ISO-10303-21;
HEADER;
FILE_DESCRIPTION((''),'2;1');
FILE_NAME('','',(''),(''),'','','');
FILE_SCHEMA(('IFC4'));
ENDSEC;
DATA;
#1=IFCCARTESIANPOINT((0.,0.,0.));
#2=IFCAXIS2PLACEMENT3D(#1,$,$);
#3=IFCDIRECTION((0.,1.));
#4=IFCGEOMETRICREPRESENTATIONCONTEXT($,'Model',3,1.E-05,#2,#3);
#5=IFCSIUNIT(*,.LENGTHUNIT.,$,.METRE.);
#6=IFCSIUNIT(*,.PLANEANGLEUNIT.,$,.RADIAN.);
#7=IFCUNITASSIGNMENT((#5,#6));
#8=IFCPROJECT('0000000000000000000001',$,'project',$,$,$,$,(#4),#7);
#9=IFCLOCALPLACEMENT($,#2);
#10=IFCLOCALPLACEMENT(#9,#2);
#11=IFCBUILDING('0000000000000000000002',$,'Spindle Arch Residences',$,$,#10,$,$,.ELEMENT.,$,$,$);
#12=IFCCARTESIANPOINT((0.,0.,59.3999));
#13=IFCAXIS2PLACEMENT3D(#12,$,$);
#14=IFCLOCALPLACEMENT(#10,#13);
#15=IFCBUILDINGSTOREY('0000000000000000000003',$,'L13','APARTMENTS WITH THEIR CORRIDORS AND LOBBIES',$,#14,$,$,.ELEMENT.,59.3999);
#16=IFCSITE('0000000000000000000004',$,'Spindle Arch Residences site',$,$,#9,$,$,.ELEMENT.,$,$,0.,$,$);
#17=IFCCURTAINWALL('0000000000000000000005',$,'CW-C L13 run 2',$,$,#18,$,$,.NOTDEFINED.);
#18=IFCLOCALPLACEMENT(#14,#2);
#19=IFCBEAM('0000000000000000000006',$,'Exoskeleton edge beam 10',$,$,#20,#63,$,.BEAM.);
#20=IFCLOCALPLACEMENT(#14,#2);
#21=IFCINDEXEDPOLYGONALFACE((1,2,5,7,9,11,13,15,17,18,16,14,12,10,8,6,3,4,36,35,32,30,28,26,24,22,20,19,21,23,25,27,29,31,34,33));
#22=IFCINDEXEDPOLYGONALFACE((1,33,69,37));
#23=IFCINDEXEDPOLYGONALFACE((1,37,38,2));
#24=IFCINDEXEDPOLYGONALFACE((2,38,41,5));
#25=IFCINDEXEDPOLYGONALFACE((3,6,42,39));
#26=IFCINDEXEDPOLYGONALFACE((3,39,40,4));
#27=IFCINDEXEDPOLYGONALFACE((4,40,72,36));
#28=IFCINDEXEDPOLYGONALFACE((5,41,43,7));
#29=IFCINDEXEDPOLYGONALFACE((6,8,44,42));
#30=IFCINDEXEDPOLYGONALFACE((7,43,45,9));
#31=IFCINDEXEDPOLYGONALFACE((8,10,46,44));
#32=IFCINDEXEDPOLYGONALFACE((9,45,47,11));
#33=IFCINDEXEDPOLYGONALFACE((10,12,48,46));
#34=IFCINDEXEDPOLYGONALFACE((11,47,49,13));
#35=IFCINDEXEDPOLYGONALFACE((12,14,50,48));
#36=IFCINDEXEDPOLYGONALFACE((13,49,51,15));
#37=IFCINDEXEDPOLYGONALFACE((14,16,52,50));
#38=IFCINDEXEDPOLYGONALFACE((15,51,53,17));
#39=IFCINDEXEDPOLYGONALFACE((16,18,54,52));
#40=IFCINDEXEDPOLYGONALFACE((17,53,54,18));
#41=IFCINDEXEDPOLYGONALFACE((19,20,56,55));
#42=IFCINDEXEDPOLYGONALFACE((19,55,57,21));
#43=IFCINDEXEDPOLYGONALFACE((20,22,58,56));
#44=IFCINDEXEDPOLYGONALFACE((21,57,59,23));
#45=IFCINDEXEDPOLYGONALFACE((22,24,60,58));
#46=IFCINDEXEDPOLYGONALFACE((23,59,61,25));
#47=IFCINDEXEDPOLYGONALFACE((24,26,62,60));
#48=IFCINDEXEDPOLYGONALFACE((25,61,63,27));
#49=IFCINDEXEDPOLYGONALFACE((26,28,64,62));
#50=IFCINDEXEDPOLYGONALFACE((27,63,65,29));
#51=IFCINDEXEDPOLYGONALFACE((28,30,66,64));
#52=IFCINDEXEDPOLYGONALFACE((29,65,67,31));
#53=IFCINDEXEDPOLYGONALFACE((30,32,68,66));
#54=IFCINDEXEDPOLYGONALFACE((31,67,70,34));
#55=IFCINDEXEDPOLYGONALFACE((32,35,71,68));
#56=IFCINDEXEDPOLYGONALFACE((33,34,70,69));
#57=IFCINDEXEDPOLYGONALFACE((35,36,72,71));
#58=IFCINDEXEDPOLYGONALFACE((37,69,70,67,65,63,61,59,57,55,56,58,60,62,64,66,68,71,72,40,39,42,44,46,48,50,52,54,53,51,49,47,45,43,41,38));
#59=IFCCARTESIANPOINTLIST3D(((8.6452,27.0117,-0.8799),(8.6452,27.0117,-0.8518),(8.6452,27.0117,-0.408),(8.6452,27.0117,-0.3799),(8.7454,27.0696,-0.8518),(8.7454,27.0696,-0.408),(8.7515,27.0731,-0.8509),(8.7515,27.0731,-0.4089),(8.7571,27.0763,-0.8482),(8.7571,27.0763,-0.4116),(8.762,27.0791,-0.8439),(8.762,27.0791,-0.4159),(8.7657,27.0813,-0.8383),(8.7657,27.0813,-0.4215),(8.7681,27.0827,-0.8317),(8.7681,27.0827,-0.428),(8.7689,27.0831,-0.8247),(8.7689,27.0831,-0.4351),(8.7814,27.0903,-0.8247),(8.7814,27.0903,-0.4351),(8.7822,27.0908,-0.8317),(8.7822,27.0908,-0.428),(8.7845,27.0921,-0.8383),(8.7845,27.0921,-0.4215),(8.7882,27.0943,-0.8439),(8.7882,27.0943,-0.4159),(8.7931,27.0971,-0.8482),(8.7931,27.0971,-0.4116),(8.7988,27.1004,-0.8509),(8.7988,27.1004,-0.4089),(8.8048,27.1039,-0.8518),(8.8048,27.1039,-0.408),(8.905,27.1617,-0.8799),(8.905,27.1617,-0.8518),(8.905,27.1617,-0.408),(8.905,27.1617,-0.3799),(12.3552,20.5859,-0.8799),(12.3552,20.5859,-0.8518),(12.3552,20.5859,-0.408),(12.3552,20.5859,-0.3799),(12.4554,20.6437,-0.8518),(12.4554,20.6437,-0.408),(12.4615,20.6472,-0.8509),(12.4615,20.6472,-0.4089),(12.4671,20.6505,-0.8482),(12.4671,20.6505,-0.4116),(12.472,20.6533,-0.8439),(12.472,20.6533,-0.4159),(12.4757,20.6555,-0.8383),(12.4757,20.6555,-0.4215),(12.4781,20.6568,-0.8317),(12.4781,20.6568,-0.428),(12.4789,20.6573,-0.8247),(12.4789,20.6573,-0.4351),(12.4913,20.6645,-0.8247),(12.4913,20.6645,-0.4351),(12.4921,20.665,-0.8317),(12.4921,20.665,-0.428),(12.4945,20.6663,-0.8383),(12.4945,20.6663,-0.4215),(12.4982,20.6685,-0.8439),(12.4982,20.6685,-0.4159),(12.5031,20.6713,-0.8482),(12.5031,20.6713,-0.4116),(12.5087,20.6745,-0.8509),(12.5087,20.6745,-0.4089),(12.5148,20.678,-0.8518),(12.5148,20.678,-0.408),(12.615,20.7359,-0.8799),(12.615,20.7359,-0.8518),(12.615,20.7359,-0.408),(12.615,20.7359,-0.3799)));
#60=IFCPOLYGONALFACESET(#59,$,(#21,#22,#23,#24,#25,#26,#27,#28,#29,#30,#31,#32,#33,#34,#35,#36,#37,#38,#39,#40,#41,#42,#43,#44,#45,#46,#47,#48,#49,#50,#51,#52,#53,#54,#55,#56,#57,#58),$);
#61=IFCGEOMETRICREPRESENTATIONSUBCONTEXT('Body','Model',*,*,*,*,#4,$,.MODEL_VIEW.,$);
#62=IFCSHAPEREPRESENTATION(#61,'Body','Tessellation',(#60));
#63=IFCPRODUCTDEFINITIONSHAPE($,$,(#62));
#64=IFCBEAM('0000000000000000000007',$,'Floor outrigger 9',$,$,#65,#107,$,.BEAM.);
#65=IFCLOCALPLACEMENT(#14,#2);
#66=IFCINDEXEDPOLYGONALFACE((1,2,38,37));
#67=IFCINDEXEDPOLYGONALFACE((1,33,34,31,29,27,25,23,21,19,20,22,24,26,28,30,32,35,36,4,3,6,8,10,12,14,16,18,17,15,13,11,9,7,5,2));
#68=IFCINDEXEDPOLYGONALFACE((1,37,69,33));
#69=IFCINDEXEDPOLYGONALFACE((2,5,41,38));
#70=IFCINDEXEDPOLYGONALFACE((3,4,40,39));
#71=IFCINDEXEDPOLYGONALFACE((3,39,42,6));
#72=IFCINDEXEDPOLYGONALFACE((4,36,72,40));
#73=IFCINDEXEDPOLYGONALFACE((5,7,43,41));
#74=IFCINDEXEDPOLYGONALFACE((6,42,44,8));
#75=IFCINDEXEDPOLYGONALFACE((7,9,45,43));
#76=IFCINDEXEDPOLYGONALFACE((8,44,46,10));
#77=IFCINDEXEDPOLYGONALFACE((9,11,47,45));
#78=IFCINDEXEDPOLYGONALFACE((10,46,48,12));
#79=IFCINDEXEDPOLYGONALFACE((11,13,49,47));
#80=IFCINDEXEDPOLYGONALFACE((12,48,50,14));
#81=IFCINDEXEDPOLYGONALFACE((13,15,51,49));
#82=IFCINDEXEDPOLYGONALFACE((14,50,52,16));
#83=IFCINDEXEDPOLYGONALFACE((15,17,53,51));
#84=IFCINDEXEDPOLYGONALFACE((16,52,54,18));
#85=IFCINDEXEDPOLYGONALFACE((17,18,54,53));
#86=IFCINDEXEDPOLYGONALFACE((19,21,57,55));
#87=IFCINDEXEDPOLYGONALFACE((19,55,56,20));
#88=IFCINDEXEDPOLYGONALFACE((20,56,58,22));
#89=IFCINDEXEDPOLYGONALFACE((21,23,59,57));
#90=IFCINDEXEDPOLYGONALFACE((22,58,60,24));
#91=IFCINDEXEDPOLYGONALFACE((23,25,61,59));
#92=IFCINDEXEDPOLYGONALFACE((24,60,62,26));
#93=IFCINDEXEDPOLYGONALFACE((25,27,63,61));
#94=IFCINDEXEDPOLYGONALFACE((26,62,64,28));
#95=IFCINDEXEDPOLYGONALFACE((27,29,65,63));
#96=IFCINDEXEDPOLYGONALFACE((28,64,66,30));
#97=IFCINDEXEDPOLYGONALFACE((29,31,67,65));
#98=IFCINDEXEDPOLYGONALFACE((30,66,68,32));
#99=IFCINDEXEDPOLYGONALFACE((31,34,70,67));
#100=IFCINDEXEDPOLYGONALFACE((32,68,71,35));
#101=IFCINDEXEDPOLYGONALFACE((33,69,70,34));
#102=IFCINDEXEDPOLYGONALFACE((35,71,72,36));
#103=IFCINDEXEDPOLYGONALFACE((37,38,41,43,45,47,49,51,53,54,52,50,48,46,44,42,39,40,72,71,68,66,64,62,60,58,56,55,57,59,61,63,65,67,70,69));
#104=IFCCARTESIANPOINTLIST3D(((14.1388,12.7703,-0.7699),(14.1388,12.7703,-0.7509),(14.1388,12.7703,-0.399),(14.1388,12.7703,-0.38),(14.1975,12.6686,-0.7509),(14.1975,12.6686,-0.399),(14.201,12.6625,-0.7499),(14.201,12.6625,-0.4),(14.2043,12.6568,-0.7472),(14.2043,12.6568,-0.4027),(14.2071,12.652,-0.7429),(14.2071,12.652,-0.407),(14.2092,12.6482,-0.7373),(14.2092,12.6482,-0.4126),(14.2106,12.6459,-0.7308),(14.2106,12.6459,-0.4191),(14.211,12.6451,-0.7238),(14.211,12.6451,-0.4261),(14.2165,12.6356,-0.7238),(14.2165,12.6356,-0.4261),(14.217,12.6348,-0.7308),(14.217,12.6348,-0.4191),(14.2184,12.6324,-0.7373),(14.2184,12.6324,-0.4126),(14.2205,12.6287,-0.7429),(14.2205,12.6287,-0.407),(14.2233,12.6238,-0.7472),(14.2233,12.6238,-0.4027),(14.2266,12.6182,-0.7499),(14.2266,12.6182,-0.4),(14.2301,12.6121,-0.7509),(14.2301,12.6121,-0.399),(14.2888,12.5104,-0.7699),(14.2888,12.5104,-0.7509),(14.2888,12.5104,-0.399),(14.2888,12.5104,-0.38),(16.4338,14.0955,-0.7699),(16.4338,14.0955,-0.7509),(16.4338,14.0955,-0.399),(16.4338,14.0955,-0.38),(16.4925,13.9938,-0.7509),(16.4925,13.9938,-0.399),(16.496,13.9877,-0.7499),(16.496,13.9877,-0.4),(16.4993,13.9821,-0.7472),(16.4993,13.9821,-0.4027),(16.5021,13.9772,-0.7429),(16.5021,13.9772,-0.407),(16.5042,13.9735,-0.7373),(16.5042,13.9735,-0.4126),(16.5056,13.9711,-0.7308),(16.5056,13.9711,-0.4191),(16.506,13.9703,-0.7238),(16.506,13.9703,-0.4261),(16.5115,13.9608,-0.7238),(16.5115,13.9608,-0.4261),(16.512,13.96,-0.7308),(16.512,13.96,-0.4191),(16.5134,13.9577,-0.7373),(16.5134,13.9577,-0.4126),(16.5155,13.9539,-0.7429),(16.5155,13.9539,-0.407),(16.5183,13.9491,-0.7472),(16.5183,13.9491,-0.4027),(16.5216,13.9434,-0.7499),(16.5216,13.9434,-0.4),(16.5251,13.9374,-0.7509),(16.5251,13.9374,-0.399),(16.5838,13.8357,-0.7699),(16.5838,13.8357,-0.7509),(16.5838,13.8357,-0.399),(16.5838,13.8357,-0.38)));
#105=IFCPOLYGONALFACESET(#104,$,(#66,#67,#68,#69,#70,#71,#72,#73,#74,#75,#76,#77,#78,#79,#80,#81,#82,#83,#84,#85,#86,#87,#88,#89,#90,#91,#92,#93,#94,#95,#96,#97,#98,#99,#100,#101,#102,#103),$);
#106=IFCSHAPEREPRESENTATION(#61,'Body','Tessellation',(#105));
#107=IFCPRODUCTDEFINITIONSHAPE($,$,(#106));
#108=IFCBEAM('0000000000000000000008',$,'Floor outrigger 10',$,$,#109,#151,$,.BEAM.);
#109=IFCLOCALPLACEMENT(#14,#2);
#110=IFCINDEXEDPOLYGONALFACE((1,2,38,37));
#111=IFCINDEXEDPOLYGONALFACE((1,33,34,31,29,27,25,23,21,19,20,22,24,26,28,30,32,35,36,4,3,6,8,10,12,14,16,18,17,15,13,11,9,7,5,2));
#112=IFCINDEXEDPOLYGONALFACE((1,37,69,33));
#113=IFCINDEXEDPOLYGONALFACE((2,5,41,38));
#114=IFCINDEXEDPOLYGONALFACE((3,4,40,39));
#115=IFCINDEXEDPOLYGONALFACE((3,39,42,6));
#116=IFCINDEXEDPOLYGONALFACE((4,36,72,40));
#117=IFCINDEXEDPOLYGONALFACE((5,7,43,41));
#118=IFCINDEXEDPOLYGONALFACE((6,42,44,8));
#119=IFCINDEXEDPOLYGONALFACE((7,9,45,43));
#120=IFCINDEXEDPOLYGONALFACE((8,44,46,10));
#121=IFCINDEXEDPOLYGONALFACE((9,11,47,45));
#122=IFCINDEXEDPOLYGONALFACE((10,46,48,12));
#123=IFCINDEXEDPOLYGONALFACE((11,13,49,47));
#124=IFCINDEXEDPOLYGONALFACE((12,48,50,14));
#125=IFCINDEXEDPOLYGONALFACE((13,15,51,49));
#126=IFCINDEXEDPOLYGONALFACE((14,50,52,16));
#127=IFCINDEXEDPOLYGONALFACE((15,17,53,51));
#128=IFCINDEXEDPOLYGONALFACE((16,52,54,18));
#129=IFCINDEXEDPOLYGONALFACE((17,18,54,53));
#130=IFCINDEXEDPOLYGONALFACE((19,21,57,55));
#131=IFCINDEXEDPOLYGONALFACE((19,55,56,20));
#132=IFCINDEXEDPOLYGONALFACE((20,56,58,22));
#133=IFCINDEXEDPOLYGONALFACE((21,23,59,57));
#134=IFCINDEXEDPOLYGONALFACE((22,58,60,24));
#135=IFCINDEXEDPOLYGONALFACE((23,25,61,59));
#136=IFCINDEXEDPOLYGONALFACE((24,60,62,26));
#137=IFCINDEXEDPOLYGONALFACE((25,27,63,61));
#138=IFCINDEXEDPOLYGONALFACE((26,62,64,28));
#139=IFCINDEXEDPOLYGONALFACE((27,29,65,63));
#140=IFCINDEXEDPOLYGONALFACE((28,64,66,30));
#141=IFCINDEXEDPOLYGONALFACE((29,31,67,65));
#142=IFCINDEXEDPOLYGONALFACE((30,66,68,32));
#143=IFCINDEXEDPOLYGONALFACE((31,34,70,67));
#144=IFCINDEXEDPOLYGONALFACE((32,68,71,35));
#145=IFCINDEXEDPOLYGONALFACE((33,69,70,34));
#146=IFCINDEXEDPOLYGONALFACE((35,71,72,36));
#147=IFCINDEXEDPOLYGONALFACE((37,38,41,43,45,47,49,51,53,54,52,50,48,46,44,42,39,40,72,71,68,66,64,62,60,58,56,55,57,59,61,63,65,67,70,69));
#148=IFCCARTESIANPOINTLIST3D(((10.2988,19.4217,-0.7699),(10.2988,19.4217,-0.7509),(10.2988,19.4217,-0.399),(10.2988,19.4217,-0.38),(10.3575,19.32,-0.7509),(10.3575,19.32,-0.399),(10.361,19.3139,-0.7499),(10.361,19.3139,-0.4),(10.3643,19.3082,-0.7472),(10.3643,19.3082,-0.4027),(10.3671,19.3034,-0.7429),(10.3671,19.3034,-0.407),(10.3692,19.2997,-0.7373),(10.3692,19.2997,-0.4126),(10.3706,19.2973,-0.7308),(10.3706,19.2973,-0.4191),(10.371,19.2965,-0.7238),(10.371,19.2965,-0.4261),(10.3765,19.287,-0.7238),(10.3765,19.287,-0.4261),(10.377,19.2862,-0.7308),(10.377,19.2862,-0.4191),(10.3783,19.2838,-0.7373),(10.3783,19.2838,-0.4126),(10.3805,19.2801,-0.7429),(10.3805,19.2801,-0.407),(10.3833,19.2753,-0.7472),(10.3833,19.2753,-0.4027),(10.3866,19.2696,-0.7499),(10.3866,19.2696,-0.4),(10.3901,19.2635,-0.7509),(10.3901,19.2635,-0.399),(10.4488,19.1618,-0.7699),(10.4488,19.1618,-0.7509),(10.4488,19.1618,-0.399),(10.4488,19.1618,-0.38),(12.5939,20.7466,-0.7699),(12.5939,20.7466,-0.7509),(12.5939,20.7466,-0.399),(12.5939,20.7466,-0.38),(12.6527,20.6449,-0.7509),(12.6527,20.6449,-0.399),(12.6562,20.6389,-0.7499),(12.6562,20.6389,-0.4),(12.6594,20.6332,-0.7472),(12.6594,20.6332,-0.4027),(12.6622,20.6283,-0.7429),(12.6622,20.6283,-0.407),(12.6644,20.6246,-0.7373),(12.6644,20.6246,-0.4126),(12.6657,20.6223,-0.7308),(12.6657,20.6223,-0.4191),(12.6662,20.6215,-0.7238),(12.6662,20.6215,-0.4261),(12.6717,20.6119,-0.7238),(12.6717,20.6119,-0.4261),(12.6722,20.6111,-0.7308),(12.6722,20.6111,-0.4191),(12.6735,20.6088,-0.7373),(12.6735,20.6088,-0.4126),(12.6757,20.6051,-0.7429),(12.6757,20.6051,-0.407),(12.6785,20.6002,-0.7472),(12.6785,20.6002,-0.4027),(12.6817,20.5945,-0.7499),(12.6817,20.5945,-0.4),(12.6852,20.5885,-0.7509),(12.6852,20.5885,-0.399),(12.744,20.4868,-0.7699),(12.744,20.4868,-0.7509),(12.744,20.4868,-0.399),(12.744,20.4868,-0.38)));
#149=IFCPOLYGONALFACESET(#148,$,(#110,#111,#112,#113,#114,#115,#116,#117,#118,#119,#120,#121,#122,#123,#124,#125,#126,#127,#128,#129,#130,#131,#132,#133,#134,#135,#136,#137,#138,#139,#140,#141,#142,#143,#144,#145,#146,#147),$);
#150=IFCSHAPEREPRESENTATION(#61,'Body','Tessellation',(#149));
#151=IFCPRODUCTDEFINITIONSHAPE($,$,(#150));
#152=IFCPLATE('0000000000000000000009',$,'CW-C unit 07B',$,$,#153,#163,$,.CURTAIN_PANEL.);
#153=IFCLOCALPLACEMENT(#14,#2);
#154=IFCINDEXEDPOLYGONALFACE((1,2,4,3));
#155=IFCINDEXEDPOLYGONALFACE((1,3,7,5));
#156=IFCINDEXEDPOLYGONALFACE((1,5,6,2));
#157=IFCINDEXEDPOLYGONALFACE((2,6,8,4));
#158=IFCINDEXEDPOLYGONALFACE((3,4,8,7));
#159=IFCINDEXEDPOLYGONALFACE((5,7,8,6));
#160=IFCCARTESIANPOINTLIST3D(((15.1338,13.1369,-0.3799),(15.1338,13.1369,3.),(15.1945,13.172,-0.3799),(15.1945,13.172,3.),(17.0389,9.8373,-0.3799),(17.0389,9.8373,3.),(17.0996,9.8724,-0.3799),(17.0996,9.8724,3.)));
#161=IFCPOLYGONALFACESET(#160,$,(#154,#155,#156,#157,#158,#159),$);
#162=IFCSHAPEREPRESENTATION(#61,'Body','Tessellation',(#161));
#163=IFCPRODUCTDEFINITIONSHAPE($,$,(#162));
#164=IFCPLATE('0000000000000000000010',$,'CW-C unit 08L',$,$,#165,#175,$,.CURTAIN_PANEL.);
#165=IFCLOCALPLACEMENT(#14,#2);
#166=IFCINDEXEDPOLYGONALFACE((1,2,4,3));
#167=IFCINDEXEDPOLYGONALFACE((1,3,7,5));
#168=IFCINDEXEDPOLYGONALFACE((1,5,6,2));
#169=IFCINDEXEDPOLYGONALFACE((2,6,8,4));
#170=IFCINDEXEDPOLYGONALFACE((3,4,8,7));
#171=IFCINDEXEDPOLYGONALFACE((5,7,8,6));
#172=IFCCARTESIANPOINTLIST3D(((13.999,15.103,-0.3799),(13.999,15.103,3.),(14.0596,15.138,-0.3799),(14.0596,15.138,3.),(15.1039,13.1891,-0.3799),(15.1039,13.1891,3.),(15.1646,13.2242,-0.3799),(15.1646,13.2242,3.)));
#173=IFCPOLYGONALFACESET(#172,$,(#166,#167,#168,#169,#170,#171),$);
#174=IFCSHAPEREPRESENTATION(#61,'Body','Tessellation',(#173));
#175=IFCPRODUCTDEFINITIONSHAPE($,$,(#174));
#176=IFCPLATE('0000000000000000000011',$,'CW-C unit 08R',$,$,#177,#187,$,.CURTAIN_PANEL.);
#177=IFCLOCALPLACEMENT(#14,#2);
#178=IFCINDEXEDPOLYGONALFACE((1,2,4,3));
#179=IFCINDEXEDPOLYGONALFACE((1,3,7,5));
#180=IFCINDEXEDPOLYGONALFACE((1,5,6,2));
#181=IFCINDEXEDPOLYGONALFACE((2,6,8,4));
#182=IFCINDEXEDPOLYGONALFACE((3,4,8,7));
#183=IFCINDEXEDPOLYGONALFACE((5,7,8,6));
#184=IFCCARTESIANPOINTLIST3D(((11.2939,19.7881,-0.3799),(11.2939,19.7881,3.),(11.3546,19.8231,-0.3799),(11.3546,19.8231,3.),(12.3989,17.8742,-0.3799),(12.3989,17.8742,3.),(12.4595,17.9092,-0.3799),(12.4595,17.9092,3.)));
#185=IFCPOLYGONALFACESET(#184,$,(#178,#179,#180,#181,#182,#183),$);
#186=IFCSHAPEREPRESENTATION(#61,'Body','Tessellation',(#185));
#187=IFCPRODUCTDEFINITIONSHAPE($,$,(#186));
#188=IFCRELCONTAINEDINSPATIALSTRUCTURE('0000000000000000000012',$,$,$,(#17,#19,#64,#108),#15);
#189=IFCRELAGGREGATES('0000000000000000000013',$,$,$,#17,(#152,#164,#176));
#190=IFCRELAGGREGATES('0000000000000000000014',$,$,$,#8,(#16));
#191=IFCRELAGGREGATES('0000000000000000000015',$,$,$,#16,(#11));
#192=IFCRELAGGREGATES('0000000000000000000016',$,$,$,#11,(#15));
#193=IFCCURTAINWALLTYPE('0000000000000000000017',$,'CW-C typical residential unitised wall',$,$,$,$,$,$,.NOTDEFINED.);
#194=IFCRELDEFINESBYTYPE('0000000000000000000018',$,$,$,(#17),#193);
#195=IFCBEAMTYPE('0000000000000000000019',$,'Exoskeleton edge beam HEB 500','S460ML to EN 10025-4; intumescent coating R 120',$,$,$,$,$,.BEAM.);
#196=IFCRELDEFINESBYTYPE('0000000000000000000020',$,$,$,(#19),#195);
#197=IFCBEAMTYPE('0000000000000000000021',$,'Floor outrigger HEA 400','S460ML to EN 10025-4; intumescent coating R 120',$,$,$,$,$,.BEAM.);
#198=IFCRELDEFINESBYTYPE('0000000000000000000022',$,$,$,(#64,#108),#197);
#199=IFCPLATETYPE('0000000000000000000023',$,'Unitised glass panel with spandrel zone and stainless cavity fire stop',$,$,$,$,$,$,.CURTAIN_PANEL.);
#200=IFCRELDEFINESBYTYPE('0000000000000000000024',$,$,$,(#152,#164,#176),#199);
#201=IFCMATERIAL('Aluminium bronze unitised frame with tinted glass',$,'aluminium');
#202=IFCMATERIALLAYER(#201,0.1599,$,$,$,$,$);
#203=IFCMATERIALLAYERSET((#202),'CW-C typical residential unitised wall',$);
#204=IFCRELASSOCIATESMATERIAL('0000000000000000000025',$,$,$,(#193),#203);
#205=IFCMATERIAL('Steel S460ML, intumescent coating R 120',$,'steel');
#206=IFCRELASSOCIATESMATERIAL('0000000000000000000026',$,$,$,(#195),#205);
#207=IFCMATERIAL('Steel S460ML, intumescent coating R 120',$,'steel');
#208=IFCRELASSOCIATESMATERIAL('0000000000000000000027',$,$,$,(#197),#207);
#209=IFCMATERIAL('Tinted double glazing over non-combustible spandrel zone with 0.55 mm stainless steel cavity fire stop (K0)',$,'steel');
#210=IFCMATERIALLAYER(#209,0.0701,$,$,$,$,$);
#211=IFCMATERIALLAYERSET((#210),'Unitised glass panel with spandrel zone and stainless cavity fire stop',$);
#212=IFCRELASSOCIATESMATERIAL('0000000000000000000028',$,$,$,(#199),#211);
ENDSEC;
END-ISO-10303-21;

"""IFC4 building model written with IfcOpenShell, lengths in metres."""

from ifc_helpers import new_model, si_unit, direction, frame, origin, origin_2d, place, context, subcontext, project, spatial, rectangle, i_section, extrude, material, layer, layer_set, material_profile, profile_set, type_object, element, aggregate, save


model = new_model("IFC4")

# Units and contexts
model_context = context("Model", 3, precision=1e-05, world=origin(), true_north=direction((0.0, 1.0)))
body_context = subcontext(model_context, "Body", "Model", "MODEL_VIEW")
ifc_project = project(units=[si_unit("LENGTHUNIT", "METRE"), si_unit("PLANEANGLEUNIT", "RADIAN")], contexts=[model_context])

# Site, building, storey
site_placement = place(None, origin())
site = spatial("IfcSite", under=ifc_project, at=site_placement, Name="Spindle Arch Residences site", CompositionType="ELEMENT", RefElevation=0.0)
building_placement = place(site_placement, origin())
building = spatial("IfcBuilding", under=site, at=building_placement, Name="Spindle Arch Residences", CompositionType="ELEMENT")
storey_placement = place(building_placement, frame((0.0, 0.0, 59.3999)))
storey = spatial("IfcBuildingStorey", under=building, at=storey_placement, Name="L13", Description="APARTMENTS WITH THEIR CORRIDORS AND LOBBIES", CompositionType="ELEMENT", Elevation=59.3999)

# Curtain wall
ifc_material_1 = material(Name="Aluminium bronze unitised frame with tinted glass", Category="aluminium")
ifc_layer_1 = layer(ifc_material_1, 0.1599)
ifc_layer_set_1 = layer_set([ifc_layer_1], Name="CW-C typical residential unitised wall")
curtain_wall_type = type_object("IfcCurtainWallType", Name="CW-C typical residential unitised wall", PredefinedType="NOTDEFINED", material=ifc_layer_set_1)
curtain_wall_placement = place(storey_placement, origin())
curtain_wall = element("IfcCurtainWall", 1, at=curtain_wall_placement, inside=storey, type_object=curtain_wall_type, Name="CW-C L13 run 2", PredefinedType="NOTDEFINED")

# Beams
ifc_material_2 = material(Name="Steel S460ML, intumescent coating R 120", Category="steel")
ifc_material_profile_1 = material_profile(ifc_material_2, i_section(OverallWidth=0.3, OverallDepth=0.5, WebThickness=0.0144, FlangeThickness=0.0281, FilletRadius=0.0271, at=origin_2d()), Name="HEB 500")
ifc_profile_set_1 = profile_set([ifc_material_profile_1], Name="Steel S460ML, intumescent coating R 120")
beam_type_1 = type_object("IfcBeamType", Name="Exoskeleton edge beam HEB 500", Description="S460ML to EN 10025-4; intumescent coating R 120", PredefinedType="BEAM", material=ifc_profile_set_1)
beam_1_placement = place(storey_placement, frame((12.4851, 20.6609, -0.6299), z_axis=(-0.500003, 0.866023, 0.0), x_axis=(-0.866023, -0.500003, 0.0)))
element("IfcBeam", 2, at=beam_1_placement, inside=storey, type_object=beam_type_1, Name="Exoskeleton edge beam 10", PredefinedType="BEAM", context=body_context, shape_type="SweptSolid", body=[
    extrude(i_section(OverallWidth=0.3, OverallDepth=0.5, WebThickness=0.0144, FlangeThickness=0.0281, FilletRadius=0.0271, at=origin_2d()), origin(), (0.0, 0.0, 1.0), 7.4199),
])
ifc_material_3 = material(Name="Steel S460ML, intumescent coating R 120", Category="steel")
ifc_material_profile_2 = material_profile(ifc_material_3, i_section(OverallWidth=0.3, OverallDepth=0.3899, WebThickness=0.011, FlangeThickness=0.019, FilletRadius=0.0271, at=origin_2d()), Name="HEA 400")
ifc_profile_set_2 = profile_set([ifc_material_profile_2], Name="Steel S460ML, intumescent coating R 120")
beam_type_2 = type_object("IfcBeamType", Name="Floor outrigger HEA 400", Description="S460ML to EN 10025-4; intumescent coating R 120", PredefinedType="BEAM", material=ifc_profile_set_2)
for number, where, z_axis, x_axis, name in (
    (3, (16.5088, 13.9656, -0.575), (-0.865989, -0.500063, 0.0), (0.500063, -0.865989, 0.0), "Floor outrigger 9"),
    (4, (12.6689, 20.6167, -0.575), (-0.866052, -0.499954, 0.0), (0.499954, -0.866052, 0.0), "Floor outrigger 10"),
):
    element("IfcBeam", number, at=place(storey_placement, frame(where, z_axis=z_axis, x_axis=x_axis)), inside=storey, type_object=beam_type_2, Name=name, PredefinedType="BEAM", context=body_context, shape_type="SweptSolid", body=[
        extrude(i_section(OverallWidth=0.3, OverallDepth=0.3899, WebThickness=0.011, FlangeThickness=0.019, FilletRadius=0.0271, at=origin_2d()), origin(), (0.0, 0.0, 1.0), 2.6501),
    ])

# Plates
ifc_material_4 = material(Name="Tinted double glazing over non-combustible spandrel zone with 0.55 mm stainless steel cavity fire stop (K0)", Category="steel")
ifc_layer_2 = layer(ifc_material_4, 0.0701)
ifc_layer_set_2 = layer_set([ifc_layer_2], Name="Unitised glass panel with spandrel zone and stainless cavity fire stop")
plate_type = type_object("IfcPlateType", Name="Unitised glass panel with spandrel zone and stainless cavity fire stop", PredefinedType="CURTAIN_PANEL", material=ifc_layer_set_2)
plate_1_placement = place(storey_placement, frame((16.1167, 11.5046, -0.3799), z_axis=(0.0, 0.0, 1.0), x_axis=(-0.5, 0.866025, 0.0)))
plate_1 = element("IfcPlate", 5, at=plate_1_placement, type_object=plate_type, Name="CW-C unit 07B", PredefinedType="CURTAIN_PANEL", context=body_context, shape_type="SweptSolid", body=[
    extrude(rectangle(XDim=3.8101, YDim=0.0701, at=origin_2d()), origin(), (0.0, 0.0, 1.0), 3.3799),
])
plate_2_placement = place(storey_placement, frame((14.5818, 14.1636, -0.3799), z_axis=(0.0, 0.0, 1.0), x_axis=(-0.5, 0.866025, 0.0)))
plate_2 = element("IfcPlate", 6, at=plate_2_placement, type_object=plate_type, Name="CW-C unit 08L", PredefinedType="CURTAIN_PANEL", context=body_context, shape_type="SweptSolid", body=[
    extrude(rectangle(XDim=2.21, YDim=0.0701, at=origin_2d()), origin(), (0.0, 0.0, 1.0), 3.3799),
])
plate_3_placement = place(storey_placement, frame((11.8767, 18.8486, -0.3799), z_axis=(0.0, 0.0, 1.0), x_axis=(-0.5, 0.866025, 0.0)))
plate_3 = element("IfcPlate", 7, at=plate_3_placement, type_object=plate_type, Name="CW-C unit 08R", PredefinedType="CURTAIN_PANEL", context=body_context, shape_type="SweptSolid", body=[
    extrude(rectangle(XDim=2.21, YDim=0.0701, at=origin_2d()), origin(), (0.0, 0.0, 1.0), 3.3799),
])
aggregate(curtain_wall, [plate_1, plate_2, plate_3])

save(model, "model.ifc")
